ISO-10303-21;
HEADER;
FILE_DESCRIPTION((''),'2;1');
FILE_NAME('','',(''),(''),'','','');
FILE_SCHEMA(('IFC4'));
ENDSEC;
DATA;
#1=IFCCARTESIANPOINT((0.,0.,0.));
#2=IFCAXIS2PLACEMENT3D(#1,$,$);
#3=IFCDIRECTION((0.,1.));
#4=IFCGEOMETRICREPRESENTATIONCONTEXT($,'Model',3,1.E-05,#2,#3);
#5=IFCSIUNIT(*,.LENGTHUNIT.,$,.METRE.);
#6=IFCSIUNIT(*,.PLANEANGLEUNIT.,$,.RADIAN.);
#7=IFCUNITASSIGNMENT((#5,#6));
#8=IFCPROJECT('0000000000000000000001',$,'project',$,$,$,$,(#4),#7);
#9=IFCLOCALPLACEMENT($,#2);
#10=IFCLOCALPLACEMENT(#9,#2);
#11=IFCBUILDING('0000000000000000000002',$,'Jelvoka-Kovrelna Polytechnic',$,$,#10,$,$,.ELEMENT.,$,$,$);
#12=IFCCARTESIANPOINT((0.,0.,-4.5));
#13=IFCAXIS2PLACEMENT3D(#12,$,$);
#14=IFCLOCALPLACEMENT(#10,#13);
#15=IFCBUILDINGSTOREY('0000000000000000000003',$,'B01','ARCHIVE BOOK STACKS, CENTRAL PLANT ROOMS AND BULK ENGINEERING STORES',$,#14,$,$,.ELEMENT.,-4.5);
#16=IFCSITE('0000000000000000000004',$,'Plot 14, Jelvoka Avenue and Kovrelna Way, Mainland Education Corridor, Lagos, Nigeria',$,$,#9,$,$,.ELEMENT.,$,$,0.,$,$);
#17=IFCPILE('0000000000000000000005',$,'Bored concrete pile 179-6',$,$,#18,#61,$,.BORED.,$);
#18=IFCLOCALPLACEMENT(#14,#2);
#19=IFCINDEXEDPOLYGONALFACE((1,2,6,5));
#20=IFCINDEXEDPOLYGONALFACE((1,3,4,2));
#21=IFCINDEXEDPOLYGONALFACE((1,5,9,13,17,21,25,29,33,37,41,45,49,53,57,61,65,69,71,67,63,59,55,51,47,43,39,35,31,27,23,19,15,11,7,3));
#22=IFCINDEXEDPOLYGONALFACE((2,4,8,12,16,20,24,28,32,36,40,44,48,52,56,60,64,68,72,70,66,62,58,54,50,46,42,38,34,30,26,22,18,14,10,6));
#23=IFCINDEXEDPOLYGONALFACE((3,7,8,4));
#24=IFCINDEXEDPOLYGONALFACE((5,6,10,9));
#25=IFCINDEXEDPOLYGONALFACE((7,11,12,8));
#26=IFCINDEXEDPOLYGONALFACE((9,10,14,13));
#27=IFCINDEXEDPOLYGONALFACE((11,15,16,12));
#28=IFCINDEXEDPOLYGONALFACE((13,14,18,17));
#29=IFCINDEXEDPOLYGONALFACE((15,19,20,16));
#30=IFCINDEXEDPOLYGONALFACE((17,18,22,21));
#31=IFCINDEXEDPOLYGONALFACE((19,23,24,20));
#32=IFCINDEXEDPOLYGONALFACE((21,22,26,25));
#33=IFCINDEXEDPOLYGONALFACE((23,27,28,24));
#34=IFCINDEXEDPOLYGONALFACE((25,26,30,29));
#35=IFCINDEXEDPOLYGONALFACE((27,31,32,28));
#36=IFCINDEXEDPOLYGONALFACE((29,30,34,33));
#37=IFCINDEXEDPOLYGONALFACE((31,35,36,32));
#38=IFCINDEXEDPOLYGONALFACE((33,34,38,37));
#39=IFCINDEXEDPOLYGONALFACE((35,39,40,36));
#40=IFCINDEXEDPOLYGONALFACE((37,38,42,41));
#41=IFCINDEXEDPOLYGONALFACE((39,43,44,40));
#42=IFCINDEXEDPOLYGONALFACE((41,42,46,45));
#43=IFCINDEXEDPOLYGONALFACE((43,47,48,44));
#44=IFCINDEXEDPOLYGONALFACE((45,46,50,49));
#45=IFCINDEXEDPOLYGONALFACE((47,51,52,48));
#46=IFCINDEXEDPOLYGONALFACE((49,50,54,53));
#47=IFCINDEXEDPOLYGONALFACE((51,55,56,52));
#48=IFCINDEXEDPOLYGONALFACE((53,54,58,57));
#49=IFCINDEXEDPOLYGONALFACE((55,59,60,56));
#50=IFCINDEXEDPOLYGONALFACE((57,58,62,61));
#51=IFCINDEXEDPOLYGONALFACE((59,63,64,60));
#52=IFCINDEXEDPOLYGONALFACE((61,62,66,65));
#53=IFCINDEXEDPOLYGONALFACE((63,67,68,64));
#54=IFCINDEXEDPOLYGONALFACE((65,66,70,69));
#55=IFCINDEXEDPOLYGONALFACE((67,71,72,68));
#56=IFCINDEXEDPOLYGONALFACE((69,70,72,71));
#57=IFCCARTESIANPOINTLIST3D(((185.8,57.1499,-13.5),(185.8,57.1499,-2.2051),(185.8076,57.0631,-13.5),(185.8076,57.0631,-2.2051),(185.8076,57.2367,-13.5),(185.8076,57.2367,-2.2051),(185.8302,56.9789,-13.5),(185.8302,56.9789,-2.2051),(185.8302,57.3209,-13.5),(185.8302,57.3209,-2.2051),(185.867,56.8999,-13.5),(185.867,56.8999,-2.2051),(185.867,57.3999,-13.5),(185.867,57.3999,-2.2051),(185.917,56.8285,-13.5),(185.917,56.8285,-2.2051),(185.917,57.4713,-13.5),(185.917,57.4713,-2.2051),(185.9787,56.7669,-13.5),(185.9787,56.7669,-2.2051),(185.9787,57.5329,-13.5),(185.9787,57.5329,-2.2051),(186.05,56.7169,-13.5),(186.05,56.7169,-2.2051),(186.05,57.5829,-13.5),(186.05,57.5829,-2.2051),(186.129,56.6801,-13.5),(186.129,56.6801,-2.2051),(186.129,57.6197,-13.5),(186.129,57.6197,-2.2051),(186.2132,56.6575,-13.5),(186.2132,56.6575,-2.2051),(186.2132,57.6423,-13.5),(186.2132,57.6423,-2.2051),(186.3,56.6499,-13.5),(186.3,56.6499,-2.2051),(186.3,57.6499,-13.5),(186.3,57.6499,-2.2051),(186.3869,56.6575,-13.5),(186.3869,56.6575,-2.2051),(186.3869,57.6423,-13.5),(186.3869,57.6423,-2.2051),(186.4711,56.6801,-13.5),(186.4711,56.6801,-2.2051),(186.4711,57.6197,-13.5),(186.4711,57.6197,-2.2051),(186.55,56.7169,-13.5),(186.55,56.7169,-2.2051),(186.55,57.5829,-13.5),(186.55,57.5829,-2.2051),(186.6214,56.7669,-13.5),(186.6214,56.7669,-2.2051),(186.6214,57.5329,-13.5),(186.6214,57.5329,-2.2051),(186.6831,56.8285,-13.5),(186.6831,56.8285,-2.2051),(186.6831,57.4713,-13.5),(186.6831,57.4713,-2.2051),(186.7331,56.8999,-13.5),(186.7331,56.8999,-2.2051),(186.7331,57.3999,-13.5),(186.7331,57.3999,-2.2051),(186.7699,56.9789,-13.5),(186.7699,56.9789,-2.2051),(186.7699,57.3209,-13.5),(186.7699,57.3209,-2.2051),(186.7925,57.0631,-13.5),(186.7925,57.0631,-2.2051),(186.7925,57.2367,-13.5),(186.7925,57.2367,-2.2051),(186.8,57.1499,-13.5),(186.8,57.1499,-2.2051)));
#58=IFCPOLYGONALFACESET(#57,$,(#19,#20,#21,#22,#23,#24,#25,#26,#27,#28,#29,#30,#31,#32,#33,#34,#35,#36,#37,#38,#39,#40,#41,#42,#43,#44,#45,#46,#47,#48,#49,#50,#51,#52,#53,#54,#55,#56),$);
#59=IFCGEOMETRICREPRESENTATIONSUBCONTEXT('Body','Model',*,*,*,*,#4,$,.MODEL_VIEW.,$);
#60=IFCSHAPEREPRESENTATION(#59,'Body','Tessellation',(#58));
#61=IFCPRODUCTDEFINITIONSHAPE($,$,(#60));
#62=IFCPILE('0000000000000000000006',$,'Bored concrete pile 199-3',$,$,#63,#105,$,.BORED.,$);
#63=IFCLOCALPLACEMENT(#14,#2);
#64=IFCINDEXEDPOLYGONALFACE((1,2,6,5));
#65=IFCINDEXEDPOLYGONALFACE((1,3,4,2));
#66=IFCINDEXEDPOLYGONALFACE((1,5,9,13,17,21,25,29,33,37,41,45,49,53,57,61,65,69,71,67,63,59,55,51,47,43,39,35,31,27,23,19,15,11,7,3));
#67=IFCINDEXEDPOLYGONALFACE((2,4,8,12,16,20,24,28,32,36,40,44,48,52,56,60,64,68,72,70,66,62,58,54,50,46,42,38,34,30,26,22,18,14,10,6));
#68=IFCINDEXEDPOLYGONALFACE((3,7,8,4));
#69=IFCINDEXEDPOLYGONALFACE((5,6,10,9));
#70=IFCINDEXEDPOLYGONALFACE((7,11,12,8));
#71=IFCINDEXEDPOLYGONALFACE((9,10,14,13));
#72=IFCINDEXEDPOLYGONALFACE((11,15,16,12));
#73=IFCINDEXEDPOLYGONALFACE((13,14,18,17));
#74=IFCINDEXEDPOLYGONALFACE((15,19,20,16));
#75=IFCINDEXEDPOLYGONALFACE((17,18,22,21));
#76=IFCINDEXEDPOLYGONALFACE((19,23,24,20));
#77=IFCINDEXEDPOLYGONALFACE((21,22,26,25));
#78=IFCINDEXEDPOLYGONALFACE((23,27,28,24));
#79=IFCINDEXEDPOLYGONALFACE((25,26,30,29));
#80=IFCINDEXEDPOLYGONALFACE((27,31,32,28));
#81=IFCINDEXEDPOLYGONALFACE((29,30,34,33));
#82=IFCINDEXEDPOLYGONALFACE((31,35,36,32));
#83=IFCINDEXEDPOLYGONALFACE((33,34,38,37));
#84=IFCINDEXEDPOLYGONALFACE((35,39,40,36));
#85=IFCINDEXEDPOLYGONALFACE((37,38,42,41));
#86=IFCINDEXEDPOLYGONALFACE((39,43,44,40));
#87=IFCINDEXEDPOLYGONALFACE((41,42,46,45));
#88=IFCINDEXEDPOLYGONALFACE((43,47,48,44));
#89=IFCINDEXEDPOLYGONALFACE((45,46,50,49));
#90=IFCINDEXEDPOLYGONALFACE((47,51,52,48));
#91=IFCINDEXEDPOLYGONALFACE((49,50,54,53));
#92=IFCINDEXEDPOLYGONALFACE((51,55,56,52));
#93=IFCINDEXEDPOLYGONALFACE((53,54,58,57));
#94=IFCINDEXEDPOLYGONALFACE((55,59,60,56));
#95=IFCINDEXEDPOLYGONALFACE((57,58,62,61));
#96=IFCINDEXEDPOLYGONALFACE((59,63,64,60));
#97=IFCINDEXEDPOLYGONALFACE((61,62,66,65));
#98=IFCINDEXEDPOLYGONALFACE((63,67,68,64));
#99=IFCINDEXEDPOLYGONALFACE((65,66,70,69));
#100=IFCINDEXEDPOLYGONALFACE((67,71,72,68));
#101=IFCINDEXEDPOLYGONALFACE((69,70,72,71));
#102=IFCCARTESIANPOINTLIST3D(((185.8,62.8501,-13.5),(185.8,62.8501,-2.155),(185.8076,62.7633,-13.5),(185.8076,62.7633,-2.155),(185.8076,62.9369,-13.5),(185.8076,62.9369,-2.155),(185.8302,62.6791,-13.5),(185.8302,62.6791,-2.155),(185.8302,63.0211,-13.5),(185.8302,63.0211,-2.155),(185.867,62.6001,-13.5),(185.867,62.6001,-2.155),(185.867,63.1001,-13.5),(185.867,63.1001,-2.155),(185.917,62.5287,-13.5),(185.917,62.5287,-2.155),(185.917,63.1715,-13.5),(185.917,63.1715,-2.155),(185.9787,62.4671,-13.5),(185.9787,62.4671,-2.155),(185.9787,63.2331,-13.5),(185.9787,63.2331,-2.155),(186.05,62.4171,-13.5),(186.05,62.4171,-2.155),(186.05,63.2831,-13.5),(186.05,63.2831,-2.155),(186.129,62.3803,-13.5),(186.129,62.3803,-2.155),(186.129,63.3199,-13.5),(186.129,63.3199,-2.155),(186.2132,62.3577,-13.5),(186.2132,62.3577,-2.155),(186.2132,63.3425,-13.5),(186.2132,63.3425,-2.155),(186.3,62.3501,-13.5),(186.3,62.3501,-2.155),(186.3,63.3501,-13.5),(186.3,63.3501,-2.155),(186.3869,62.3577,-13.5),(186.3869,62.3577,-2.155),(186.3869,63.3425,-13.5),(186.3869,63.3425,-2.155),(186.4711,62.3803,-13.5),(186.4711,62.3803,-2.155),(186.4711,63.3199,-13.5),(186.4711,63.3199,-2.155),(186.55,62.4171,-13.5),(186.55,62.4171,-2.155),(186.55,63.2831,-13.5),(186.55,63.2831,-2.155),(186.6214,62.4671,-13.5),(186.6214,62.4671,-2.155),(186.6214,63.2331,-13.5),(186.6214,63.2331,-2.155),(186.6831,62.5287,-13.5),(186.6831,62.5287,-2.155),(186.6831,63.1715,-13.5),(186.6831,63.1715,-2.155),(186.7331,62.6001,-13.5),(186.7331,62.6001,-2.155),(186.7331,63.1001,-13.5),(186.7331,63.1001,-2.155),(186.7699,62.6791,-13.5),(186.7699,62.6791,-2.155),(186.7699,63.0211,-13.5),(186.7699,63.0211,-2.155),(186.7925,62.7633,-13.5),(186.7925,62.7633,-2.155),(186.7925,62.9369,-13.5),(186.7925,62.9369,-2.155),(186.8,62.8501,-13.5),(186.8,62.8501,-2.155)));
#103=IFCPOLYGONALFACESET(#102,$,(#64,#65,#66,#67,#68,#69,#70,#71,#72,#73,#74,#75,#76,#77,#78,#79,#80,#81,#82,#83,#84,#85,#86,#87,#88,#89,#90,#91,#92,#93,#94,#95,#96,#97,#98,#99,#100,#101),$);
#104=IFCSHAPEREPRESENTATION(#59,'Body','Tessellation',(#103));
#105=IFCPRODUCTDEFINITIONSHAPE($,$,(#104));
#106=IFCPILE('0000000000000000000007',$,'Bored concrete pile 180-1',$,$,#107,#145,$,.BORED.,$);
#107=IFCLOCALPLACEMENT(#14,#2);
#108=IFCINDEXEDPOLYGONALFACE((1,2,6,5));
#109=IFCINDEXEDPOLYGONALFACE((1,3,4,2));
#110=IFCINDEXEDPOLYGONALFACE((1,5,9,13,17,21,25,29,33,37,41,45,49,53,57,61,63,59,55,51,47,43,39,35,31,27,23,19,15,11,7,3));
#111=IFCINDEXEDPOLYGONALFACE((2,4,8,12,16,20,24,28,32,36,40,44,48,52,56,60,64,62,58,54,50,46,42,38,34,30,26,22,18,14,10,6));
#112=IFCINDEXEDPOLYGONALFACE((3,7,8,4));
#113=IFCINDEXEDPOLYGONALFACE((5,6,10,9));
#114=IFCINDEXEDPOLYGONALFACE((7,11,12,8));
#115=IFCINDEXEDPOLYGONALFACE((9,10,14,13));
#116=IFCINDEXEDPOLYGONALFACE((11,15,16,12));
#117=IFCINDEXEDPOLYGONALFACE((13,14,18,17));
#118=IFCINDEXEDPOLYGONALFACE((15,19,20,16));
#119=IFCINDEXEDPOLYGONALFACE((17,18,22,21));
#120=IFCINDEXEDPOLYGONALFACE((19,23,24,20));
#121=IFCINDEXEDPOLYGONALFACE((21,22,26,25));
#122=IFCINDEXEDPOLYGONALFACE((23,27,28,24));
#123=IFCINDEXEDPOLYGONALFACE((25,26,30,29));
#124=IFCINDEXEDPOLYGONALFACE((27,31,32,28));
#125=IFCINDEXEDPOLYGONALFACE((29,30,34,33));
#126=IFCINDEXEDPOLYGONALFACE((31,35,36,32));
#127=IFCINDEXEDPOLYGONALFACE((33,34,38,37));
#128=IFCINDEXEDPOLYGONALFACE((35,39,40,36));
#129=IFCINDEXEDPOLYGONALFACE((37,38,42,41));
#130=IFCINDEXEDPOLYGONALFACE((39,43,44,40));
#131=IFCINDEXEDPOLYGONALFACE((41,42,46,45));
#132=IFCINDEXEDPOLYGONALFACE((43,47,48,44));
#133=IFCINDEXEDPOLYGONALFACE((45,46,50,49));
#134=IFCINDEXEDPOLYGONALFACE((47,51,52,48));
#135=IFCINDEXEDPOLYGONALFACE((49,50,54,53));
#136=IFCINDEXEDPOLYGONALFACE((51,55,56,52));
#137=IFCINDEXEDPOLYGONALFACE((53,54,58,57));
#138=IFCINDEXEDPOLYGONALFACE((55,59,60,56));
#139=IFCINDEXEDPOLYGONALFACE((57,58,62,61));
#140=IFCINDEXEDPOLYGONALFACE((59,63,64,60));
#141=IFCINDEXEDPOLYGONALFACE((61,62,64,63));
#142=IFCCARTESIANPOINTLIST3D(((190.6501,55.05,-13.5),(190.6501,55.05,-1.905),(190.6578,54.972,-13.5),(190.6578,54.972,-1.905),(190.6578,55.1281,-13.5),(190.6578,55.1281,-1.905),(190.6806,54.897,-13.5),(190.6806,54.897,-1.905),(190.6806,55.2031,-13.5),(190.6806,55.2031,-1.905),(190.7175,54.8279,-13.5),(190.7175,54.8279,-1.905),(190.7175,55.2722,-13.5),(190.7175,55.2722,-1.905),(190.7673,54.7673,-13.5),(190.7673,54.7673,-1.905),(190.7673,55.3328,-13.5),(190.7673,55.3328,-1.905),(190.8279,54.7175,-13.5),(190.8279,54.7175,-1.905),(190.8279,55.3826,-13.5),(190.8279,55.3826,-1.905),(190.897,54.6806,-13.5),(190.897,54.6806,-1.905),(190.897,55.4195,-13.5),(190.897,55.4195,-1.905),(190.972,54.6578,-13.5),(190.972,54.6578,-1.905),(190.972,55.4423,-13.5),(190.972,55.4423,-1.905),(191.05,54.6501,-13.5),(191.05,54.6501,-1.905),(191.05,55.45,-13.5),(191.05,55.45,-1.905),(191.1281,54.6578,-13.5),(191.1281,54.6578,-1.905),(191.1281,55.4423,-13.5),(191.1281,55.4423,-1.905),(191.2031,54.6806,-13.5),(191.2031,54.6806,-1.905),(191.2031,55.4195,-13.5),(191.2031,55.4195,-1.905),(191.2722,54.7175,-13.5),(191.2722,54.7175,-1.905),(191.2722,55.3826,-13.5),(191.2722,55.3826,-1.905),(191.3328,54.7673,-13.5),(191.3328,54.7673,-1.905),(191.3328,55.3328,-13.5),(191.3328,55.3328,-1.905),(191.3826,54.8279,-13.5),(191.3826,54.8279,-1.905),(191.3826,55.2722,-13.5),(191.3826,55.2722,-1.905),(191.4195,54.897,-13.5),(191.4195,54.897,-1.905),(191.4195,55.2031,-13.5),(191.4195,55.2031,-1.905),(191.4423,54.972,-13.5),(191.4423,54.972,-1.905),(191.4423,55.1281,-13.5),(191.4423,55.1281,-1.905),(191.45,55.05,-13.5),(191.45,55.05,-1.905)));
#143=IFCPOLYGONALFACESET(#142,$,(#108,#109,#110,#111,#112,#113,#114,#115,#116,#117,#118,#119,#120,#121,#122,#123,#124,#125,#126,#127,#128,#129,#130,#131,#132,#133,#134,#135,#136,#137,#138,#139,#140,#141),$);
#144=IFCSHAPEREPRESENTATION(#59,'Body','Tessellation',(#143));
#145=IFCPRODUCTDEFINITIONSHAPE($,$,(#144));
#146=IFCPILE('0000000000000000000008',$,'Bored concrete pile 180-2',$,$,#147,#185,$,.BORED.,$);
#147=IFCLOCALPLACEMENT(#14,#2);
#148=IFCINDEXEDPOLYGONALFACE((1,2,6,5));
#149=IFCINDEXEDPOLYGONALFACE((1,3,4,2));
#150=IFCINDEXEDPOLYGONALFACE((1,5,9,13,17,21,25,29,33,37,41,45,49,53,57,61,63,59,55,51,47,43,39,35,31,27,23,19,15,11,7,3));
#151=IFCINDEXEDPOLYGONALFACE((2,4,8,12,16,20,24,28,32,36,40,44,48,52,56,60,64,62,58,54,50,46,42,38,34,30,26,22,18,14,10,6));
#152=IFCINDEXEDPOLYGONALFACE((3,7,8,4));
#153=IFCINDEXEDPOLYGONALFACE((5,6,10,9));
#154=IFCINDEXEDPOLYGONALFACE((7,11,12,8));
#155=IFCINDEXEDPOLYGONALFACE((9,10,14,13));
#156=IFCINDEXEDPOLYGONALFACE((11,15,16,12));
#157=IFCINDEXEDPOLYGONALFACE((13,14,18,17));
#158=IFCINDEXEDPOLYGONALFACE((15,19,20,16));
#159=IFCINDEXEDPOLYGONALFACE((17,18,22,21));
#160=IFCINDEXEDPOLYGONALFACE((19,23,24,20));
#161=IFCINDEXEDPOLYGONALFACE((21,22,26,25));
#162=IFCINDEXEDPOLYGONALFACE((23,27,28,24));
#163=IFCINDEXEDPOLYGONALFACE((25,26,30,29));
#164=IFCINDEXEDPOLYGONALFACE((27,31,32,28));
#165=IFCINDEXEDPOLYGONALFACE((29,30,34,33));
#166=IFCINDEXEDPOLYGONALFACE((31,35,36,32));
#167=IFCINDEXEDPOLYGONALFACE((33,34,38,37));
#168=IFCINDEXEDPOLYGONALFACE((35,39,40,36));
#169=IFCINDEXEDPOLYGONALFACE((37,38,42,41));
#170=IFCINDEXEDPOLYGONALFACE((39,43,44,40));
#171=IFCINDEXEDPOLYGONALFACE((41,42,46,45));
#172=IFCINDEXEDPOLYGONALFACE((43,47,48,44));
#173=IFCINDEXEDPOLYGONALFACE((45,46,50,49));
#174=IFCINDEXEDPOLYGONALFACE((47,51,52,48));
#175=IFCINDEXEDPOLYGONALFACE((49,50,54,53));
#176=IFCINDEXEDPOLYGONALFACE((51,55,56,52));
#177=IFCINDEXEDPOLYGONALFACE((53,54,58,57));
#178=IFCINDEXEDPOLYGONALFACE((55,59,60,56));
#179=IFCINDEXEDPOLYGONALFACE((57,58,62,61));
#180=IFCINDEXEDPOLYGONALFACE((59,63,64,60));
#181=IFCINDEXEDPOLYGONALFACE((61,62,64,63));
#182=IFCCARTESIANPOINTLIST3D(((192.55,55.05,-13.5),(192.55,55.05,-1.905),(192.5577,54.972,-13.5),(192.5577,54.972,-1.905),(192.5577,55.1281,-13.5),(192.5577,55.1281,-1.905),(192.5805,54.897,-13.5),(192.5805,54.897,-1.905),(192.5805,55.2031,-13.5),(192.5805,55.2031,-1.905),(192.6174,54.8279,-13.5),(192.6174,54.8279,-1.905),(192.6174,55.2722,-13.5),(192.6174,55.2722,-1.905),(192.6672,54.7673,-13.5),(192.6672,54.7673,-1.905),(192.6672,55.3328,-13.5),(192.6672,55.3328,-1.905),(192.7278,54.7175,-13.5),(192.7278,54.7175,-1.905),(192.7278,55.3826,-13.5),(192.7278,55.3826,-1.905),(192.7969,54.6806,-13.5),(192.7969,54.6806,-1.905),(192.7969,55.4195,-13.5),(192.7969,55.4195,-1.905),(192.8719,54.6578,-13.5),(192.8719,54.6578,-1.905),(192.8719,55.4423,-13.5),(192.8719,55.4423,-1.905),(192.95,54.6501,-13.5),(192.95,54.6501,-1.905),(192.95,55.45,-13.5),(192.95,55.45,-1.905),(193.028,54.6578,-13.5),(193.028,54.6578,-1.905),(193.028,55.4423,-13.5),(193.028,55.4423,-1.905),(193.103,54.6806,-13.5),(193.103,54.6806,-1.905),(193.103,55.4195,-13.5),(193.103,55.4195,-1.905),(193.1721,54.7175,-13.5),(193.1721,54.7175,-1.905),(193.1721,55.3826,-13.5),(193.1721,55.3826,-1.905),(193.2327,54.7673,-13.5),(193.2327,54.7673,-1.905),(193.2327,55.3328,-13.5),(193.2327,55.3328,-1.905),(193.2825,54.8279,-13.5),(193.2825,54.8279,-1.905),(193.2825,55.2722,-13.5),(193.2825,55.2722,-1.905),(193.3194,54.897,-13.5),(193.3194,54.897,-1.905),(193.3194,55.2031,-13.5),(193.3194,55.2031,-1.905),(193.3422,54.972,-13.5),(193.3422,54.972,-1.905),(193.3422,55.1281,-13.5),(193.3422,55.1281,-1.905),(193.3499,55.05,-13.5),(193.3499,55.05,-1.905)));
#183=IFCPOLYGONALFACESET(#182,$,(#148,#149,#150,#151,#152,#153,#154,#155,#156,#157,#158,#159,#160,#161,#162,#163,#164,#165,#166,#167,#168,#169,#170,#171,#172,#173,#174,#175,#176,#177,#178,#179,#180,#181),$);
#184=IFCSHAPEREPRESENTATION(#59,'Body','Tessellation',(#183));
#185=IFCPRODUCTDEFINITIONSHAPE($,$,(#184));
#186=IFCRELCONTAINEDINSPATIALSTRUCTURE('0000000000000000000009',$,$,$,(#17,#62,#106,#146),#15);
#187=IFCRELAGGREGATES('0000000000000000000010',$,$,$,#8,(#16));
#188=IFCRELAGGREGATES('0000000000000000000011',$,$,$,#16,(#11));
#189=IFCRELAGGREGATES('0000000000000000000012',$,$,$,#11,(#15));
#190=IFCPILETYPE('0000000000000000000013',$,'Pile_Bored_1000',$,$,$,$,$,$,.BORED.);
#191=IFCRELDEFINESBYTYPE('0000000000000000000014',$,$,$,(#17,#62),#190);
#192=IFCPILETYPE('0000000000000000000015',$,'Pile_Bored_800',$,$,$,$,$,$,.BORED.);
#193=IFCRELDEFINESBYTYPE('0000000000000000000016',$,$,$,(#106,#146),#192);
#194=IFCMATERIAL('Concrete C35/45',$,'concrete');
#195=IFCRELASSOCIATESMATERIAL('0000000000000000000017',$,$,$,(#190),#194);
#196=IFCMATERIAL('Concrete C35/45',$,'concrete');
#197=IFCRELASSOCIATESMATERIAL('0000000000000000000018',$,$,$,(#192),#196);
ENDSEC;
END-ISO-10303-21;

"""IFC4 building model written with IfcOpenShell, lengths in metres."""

from ifc_helpers import new_model, si_unit, direction, frame, origin, origin_2d, place, context, subcontext, project, spatial, circle, extrude, material, material_profile, profile_set, type_object, element, save


model = new_model("IFC4")

# Units and contexts
model_context = context("Model", 3, precision=1e-05, world=origin(), true_north=direction((0.0, 1.0)))
body_context = subcontext(model_context, "Body", "Model", "MODEL_VIEW")
ifc_project = project(units=[si_unit("LENGTHUNIT", "METRE"), si_unit("PLANEANGLEUNIT", "RADIAN")], contexts=[model_context])

# Site, building, storey
site_placement = place(None, origin())
site = spatial("IfcSite", under=ifc_project, at=site_placement, Name="Plot 14, Jelvoka Avenue and Kovrelna Way, Mainland Education Corridor, Lagos, Nigeria", CompositionType="ELEMENT", RefElevation=0.0)
building_placement = place(site_placement, origin())
building = spatial("IfcBuilding", under=site, at=building_placement, Name="Jelvoka-Kovrelna Polytechnic", CompositionType="ELEMENT")
storey_placement = place(building_placement, frame((0.0, 0.0, -4.5)))
storey = spatial("IfcBuildingStorey", under=building, at=storey_placement, Name="B01", Description="ARCHIVE BOOK STACKS, CENTRAL PLANT ROOMS AND BULK ENGINEERING STORES", CompositionType="ELEMENT", Elevation=-4.5)

# Piles
ifc_material_1 = material(Name="Concrete C35/45", Category="concrete")
ifc_material_profile_1 = material_profile(ifc_material_1, circle(Radius=0.5, at=origin_2d()), Name="PILE D1000")
ifc_profile_set_1 = profile_set([ifc_material_profile_1], Name="Concrete C35/45")
pile_type_1 = type_object("IfcPileType", Name="Pile_Bored_1000", PredefinedType="BORED", material=ifc_profile_set_1)
for number, where, z_axis, x_axis, name in (
    (1, (186.3, 57.1499, -2.2051), (0.0, 0.0, -1.0), (1.0, 0.0, 0.0), "Bored concrete pile 179-6"),
):
    element("IfcPile", number, at=place(storey_placement, frame(where, z_axis=z_axis, x_axis=x_axis)), inside=storey, type_object=pile_type_1, Name=name, PredefinedType="BORED", context=body_context, shape_type="SweptSolid", body=[
        extrude(circle(Radius=0.5, at=origin_2d()), origin(), (0.0, 0.0, 1.0), 11.2949),
    ])
pile_1_placement = place(storey_placement, frame((186.3, 62.8501, -2.155), z_axis=(0.0, 0.0, -1.0), x_axis=(1.0, 0.0, 0.0)))
element("IfcPile", 2, at=pile_1_placement, inside=storey, type_object=pile_type_1, Name="Bored concrete pile 199-3", PredefinedType="BORED", context=body_context, shape_type="SweptSolid", body=[
    extrude(circle(Radius=0.5, at=origin_2d()), origin(), (0.0, 0.0, 1.0), 11.345),
])
ifc_material_2 = material(Name="Concrete C35/45", Category="concrete")
ifc_material_profile_2 = material_profile(ifc_material_2, circle(Radius=0.3999, at=origin_2d()), Name="PILE D800")
ifc_profile_set_2 = profile_set([ifc_material_profile_2], Name="Concrete C35/45")
pile_type_2 = type_object("IfcPileType", Name="Pile_Bored_800", PredefinedType="BORED", material=ifc_profile_set_2)
for number, where, z_axis, x_axis, name in (
    (3, (191.05, 55.05, -1.905), (0.0, 0.0, -1.0), (1.0, 0.0, 0.0), "Bored concrete pile 180-1"),
    (4, (192.95, 55.05, -1.905), (0.0, 0.0, -1.0), (1.0, 0.0, 0.0), "Bored concrete pile 180-2"),
):
    element("IfcPile", number, at=place(storey_placement, frame(where, z_axis=z_axis, x_axis=x_axis)), inside=storey, type_object=pile_type_2, Name=name, PredefinedType="BORED", context=body_context, shape_type="SweptSolid", body=[
        extrude(circle(Radius=0.3999, at=origin_2d()), origin(), (0.0, 0.0, 1.0), 11.595),
    ])

save(model, "model.ifc")
